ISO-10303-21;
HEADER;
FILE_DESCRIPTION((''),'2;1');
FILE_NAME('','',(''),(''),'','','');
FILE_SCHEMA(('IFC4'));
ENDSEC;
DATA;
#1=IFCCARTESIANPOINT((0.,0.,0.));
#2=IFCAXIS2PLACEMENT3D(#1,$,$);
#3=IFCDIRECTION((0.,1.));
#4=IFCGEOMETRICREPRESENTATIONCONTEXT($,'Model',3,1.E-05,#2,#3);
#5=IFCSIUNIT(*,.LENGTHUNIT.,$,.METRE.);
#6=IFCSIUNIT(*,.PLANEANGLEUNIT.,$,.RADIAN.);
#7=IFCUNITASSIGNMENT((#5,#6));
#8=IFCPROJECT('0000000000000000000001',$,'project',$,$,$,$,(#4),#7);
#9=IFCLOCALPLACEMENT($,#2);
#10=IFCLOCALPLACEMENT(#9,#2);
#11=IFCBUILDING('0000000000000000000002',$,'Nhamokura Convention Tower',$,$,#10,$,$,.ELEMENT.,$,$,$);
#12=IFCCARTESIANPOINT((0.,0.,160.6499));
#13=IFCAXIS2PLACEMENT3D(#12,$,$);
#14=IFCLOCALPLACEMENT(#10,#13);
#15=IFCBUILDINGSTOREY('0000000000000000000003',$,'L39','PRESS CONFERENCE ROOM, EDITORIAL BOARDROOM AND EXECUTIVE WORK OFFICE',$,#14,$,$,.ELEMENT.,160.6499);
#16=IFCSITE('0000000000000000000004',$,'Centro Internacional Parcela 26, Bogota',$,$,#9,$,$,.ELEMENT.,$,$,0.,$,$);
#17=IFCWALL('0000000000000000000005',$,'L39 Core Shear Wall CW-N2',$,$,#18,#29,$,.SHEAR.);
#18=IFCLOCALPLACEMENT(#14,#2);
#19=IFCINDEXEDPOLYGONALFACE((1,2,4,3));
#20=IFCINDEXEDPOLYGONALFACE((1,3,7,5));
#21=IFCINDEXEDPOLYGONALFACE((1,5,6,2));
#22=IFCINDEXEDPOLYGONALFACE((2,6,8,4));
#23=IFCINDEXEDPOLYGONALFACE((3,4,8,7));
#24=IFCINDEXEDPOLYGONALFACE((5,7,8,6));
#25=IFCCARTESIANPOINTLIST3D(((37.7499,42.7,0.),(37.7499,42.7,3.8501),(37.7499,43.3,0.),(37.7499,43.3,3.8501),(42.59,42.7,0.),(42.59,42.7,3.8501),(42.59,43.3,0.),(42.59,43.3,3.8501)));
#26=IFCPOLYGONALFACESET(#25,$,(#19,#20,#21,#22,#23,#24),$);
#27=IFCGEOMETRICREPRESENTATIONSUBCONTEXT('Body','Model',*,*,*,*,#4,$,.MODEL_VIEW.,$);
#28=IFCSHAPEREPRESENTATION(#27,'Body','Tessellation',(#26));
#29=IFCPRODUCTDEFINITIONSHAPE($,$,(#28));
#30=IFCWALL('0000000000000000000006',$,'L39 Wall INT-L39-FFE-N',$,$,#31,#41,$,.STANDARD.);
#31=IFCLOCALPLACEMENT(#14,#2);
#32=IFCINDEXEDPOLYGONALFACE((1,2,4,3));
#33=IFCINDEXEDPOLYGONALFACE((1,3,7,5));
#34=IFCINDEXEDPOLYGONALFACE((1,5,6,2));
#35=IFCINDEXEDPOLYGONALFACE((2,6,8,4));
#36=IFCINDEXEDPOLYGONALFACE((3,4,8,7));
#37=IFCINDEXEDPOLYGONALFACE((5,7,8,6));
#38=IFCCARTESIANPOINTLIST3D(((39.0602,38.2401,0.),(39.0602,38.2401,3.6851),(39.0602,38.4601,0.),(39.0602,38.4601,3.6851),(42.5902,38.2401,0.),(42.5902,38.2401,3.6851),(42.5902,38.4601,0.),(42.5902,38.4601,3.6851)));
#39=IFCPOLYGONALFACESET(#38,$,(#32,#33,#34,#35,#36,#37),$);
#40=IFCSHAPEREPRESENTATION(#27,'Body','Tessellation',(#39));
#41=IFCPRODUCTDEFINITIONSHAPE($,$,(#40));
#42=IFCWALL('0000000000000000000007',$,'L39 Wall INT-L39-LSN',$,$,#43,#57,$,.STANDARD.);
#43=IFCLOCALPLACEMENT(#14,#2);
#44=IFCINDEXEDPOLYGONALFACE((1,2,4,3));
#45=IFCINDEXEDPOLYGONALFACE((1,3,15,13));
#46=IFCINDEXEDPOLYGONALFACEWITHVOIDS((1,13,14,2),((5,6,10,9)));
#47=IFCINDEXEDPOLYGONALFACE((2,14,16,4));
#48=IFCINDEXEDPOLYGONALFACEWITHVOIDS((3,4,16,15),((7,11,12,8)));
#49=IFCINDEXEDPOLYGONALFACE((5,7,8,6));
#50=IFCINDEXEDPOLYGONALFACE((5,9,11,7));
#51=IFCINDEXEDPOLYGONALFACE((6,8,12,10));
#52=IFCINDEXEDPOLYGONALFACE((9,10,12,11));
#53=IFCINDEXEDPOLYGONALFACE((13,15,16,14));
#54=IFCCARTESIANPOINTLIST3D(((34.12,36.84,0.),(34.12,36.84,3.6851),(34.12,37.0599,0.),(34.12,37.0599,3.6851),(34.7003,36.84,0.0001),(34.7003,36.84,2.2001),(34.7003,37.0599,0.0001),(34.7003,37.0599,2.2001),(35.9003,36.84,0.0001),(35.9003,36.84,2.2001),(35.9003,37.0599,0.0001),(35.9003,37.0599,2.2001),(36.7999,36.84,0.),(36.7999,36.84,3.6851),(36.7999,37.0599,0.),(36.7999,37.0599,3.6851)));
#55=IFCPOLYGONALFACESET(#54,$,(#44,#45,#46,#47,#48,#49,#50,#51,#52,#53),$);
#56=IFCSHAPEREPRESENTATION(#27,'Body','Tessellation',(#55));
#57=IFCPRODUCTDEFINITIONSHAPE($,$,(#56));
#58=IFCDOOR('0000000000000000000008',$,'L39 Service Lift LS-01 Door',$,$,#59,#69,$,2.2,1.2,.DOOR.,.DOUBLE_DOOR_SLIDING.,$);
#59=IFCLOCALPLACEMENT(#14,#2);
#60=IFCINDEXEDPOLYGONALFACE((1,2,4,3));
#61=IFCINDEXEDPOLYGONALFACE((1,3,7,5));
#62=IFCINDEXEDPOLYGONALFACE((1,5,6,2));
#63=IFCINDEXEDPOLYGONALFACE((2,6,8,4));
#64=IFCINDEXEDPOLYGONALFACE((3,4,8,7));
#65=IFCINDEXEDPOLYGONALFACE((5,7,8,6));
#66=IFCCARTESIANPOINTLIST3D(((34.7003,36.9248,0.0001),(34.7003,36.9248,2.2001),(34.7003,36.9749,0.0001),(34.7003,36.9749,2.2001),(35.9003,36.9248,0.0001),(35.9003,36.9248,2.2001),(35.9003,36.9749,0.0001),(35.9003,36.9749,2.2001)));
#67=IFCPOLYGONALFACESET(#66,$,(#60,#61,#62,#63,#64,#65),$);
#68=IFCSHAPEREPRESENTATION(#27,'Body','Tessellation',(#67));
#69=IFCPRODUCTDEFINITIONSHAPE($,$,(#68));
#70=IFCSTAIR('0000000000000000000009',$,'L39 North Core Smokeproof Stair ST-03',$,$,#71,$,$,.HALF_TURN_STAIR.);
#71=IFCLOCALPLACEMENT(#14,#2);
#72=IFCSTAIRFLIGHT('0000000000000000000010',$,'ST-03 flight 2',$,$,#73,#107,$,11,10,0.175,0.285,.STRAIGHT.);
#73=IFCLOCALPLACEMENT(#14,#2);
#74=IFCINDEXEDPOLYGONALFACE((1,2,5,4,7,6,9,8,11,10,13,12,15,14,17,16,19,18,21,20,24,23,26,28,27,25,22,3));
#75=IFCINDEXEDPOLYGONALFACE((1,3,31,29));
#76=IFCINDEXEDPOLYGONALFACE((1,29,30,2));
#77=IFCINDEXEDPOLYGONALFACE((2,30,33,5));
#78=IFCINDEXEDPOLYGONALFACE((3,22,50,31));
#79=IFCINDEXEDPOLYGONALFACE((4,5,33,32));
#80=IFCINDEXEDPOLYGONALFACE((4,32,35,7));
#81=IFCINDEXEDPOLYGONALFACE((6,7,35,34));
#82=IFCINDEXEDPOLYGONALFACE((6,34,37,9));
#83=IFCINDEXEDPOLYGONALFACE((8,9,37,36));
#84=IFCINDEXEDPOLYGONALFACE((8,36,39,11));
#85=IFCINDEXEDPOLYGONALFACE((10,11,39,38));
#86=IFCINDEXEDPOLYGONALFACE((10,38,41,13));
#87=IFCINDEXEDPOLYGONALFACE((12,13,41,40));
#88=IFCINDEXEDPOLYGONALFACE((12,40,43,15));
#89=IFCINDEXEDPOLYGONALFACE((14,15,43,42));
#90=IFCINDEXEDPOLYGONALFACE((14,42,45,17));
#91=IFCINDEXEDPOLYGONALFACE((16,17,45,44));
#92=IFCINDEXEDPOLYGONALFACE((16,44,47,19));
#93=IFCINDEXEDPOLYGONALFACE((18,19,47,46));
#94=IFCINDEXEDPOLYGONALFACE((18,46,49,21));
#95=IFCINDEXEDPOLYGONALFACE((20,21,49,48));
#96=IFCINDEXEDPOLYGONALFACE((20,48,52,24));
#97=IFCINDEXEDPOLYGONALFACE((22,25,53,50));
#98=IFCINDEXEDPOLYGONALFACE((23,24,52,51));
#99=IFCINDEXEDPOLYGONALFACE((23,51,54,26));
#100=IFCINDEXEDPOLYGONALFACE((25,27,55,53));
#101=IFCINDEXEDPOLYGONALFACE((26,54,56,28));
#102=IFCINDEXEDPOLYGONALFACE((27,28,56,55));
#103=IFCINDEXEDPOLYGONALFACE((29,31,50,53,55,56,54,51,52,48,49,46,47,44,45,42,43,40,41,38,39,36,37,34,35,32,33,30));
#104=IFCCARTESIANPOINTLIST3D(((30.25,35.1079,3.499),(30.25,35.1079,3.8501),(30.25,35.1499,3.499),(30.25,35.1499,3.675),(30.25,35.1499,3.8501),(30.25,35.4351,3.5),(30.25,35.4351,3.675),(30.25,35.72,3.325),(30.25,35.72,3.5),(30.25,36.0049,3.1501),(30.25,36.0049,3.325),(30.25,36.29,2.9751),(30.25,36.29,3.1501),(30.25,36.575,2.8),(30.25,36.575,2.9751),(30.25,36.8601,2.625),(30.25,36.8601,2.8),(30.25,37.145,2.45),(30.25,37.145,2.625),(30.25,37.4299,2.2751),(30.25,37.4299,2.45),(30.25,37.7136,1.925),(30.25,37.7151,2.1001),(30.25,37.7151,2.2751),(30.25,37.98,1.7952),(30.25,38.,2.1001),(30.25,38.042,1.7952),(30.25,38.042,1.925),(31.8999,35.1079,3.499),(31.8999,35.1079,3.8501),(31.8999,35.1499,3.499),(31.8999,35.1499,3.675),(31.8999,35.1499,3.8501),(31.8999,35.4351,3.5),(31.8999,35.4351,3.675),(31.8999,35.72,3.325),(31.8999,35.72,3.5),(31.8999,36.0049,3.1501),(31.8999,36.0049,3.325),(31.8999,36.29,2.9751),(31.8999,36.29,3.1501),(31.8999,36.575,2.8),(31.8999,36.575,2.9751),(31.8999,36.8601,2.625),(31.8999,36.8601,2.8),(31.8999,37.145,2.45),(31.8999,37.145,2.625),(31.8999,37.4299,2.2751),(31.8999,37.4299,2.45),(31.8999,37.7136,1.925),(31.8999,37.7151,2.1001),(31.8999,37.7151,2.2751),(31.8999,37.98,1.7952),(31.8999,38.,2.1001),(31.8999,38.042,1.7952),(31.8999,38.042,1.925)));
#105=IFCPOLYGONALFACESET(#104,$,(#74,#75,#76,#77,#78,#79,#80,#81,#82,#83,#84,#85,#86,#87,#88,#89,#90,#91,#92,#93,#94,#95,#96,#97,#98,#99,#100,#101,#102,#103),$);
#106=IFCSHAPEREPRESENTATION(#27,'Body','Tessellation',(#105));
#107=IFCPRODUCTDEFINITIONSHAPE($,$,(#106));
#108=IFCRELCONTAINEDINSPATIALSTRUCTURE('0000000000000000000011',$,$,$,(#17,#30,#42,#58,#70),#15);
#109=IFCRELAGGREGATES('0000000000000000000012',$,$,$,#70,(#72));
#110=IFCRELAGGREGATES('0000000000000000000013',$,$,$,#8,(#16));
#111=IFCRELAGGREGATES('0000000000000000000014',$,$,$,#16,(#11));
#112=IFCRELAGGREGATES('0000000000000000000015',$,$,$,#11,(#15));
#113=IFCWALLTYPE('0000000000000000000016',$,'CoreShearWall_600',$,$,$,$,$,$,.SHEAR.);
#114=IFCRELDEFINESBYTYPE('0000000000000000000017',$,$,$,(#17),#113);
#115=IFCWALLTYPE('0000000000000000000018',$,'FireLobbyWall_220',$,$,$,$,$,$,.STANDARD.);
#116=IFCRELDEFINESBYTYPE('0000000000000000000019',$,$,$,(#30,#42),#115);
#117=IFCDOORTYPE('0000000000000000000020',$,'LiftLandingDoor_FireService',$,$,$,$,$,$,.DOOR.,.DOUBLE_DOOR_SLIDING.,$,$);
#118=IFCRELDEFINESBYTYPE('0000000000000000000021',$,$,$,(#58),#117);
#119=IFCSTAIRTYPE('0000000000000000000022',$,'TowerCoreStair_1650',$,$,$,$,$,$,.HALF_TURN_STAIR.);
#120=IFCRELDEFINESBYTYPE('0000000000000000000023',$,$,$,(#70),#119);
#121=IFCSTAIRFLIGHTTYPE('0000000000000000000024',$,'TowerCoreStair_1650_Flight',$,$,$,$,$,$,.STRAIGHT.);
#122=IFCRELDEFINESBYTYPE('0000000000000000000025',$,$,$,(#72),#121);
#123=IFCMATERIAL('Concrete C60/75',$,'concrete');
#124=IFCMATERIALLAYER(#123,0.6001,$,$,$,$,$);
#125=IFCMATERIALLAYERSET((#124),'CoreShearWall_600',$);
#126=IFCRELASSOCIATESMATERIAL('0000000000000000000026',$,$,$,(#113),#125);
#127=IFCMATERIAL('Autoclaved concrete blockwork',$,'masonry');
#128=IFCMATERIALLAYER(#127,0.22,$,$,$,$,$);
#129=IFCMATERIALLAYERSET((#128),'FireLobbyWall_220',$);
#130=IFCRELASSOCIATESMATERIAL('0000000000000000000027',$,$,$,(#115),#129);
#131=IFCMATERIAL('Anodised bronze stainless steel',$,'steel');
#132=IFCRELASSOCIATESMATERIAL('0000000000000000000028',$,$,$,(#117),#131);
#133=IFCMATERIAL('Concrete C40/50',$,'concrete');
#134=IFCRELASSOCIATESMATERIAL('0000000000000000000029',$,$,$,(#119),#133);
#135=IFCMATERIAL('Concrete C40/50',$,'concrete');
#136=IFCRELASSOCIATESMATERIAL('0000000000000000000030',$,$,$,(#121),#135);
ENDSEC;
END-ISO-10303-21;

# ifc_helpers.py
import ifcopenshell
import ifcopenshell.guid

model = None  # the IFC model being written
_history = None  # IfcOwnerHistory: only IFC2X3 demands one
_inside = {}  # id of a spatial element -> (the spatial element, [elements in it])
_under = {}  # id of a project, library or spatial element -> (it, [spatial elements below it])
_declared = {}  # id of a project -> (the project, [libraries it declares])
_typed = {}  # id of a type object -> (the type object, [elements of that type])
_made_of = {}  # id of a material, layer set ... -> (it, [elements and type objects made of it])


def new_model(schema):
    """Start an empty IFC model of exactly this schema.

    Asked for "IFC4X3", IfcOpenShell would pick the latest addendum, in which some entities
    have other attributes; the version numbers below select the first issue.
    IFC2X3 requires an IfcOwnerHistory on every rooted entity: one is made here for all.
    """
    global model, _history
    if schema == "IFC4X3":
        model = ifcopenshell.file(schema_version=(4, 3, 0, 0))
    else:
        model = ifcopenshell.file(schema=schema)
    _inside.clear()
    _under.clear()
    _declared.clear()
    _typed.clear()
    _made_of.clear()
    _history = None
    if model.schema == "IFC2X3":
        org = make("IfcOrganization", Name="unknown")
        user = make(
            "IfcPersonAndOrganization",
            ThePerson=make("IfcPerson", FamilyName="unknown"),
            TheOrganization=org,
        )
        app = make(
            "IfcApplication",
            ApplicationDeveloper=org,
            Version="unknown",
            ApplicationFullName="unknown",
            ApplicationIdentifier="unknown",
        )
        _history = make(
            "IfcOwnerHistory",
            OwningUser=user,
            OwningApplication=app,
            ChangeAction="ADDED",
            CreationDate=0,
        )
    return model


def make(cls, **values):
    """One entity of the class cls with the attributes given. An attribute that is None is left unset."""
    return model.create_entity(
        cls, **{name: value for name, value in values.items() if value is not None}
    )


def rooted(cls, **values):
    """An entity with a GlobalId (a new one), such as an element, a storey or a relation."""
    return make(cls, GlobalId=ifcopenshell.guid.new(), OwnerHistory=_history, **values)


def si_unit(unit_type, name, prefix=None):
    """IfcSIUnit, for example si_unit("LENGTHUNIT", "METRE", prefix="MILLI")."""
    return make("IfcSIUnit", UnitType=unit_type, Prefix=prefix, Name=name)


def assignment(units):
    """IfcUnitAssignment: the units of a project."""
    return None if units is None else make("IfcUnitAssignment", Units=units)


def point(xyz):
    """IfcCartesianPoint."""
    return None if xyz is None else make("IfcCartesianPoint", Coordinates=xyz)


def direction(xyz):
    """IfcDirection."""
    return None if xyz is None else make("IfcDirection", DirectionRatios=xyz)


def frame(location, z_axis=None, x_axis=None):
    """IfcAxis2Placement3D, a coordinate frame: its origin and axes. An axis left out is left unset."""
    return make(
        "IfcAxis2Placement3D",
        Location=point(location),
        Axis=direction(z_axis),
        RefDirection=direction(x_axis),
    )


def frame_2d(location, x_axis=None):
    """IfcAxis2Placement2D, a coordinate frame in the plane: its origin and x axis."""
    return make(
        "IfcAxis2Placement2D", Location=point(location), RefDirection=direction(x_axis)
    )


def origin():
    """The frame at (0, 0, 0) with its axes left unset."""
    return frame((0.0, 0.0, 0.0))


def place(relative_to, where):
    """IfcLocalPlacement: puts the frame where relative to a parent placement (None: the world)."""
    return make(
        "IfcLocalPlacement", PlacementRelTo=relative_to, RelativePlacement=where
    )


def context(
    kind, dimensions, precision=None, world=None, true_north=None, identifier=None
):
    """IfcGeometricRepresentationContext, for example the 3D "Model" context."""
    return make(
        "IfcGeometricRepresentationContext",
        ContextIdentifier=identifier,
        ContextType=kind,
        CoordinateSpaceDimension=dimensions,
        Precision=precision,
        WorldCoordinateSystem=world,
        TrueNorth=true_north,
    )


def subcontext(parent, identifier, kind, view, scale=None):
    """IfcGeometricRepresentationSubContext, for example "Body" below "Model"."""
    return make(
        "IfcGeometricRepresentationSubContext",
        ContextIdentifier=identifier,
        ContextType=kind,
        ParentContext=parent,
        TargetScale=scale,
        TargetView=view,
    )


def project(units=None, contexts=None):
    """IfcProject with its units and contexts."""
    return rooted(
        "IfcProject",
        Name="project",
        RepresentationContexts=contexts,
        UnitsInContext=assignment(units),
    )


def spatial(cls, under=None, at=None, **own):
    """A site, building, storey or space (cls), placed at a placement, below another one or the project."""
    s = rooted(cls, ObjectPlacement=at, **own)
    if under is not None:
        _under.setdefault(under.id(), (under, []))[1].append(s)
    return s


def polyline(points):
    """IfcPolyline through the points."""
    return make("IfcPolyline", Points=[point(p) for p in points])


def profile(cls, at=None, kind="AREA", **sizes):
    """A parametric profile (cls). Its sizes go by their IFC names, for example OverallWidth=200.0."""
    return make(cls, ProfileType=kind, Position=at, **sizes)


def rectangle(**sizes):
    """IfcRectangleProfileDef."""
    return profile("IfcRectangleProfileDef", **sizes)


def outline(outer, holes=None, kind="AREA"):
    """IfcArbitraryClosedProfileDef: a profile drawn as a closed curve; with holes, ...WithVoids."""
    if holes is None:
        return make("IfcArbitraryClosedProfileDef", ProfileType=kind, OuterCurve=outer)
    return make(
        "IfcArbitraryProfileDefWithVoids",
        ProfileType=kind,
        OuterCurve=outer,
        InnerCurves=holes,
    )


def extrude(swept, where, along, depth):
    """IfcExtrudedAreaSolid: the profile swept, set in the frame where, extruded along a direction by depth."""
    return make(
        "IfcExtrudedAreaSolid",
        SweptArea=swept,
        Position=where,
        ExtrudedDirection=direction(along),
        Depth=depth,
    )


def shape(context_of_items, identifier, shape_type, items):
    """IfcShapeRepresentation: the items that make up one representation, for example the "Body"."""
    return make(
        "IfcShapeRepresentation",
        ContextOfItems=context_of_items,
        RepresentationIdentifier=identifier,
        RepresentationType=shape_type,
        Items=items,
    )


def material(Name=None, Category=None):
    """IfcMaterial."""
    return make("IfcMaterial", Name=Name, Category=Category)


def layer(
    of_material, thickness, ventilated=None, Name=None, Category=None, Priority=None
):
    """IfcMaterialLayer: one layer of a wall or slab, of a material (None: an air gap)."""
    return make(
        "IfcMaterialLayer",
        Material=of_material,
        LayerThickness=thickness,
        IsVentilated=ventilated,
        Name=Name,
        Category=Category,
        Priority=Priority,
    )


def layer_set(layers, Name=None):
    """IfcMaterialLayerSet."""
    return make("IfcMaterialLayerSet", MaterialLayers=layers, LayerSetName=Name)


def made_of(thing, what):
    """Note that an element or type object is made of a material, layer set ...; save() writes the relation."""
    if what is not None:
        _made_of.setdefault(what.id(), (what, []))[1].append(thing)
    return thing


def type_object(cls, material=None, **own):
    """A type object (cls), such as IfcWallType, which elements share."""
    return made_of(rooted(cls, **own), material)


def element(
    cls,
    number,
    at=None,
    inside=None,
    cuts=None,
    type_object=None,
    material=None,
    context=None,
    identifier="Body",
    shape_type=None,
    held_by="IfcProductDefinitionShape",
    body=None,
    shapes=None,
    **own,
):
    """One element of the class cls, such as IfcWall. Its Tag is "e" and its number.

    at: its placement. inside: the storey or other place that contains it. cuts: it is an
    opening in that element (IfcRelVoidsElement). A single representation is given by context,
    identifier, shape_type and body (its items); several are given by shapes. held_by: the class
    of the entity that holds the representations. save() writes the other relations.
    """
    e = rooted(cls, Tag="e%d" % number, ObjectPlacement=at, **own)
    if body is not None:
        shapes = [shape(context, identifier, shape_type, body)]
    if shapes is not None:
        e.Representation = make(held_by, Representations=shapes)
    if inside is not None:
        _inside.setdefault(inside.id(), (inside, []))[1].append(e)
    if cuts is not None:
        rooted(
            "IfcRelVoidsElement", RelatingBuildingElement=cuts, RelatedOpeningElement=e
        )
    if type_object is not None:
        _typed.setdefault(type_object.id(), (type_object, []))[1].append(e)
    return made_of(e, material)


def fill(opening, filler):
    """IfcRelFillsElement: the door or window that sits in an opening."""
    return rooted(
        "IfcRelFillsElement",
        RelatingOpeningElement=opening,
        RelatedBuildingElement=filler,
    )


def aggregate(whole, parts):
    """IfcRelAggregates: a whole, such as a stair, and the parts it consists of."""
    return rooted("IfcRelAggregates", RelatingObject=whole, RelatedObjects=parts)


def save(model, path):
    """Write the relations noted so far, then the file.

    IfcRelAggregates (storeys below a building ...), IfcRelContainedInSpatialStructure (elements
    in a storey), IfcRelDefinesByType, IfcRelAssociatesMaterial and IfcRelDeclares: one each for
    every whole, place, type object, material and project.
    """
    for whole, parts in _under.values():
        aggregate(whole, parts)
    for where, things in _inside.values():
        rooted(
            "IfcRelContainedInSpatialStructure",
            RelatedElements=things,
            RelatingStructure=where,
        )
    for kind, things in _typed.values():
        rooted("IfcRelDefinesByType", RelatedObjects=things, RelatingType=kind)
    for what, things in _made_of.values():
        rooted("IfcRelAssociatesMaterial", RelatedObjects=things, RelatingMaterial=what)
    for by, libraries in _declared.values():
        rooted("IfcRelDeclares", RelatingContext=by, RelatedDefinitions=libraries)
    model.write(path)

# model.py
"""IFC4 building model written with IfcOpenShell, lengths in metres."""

from ifc_helpers import new_model, si_unit, direction, frame, frame_2d, origin, place, context, subcontext, project, spatial, polyline, rectangle, outline, extrude, material, layer, layer_set, type_object, element, fill, aggregate, save


model = new_model("IFC4")

# Units and contexts
model_context = context("Model", 3, precision=1e-05, world=origin(), true_north=direction((0.0, 1.0)))
body_context = subcontext(model_context, "Body", "Model", "MODEL_VIEW")
ifc_project = project(units=[si_unit("LENGTHUNIT", "METRE"), si_unit("PLANEANGLEUNIT", "RADIAN")], contexts=[model_context])

# Site, building, storey
site_placement = place(None, origin())
site = spatial("IfcSite", under=ifc_project, at=site_placement, Name="Centro Internacional Parcela 26, Bogota", CompositionType="ELEMENT", RefElevation=0.0)
building_placement = place(site_placement, origin())
building = spatial("IfcBuilding", under=site, at=building_placement, Name="Nhamokura Convention Tower", CompositionType="ELEMENT")
storey_placement = place(building_placement, frame((0.0, 0.0, 160.6499)))
storey = spatial("IfcBuildingStorey", under=building, at=storey_placement, Name="L39", Description="PRESS CONFERENCE ROOM, EDITORIAL BOARDROOM AND EXECUTIVE WORK OFFICE", CompositionType="ELEMENT", Elevation=160.6499)

# Walls
ifc_material_1 = material(Name="Concrete C60/75", Category="concrete")
ifc_layer_1 = layer(ifc_material_1, 0.6001)
ifc_layer_set_1 = layer_set([ifc_layer_1], Name="CoreShearWall_600")
wall_type_1 = type_object("IfcWallType", Name="CoreShearWall_600", PredefinedType="SHEAR", material=ifc_layer_set_1)
wall_1_placement = place(storey_placement, frame((37.75, 43.0, 0.0), z_axis=(0.0, 0.0, 1.0), x_axis=(1.0, 0.0, 0.0)))
element("IfcWall", 1, at=wall_1_placement, inside=storey, type_object=wall_type_1, Name="L39 Core Shear Wall CW-N2", PredefinedType="SHEAR", context=body_context, shape_type="SweptSolid", body=[
    extrude(rectangle(XDim=4.8401, YDim=0.6001, at=frame_2d((2.4199, 0.0))), origin(), (0.0, 0.0, 1.0), 3.8501),
])
ifc_material_2 = material(Name="Autoclaved concrete blockwork", Category="masonry")
ifc_layer_2 = layer(ifc_material_2, 0.22)
ifc_layer_set_2 = layer_set([ifc_layer_2], Name="FireLobbyWall_220")
wall_type_2 = type_object("IfcWallType", Name="FireLobbyWall_220", PredefinedType="STANDARD", material=ifc_layer_set_2)
wall_2_placement = place(storey_placement, frame((39.0601, 38.3501, 0.0), z_axis=(0.0, 0.0, 1.0), x_axis=(1.0, 0.0, 0.0)))
element("IfcWall", 2, at=wall_2_placement, inside=storey, type_object=wall_type_2, Name="L39 Wall INT-L39-FFE-N", PredefinedType="STANDARD", context=body_context, shape_type="SweptSolid", body=[
    extrude(rectangle(XDim=3.53, YDim=0.22, at=frame_2d((1.7651, 0.0))), origin(), (0.0, 0.0, 1.0), 3.6851),
])

# Wall, opening, door
wall_3_placement = place(storey_placement, frame((34.1201, 36.95, 0.0), z_axis=(0.0, 0.0, 1.0), x_axis=(1.0, 0.0, 0.0)))
wall_3 = element("IfcWall", 3, at=wall_3_placement, inside=storey, type_object=wall_type_2, Name="L39 Wall INT-L39-LSN", PredefinedType="STANDARD", context=body_context, shape_type="SweptSolid", body=[
    extrude(rectangle(XDim=2.6799, YDim=0.22, at=frame_2d((1.3398, 0.0))), origin(), (0.0, 0.0, 1.0), 3.6851),
])
opening_1_placement = place(wall_3_placement, frame((0.5801, 0.0, 0.0)))
opening_1 = element("IfcOpeningElement", 4, at=opening_1_placement, cuts=wall_3, PredefinedType="OPENING", context=body_context, shape_type="SweptSolid", body=[
    extrude(rectangle(XDim=1.2, YDim=2.2, at=frame_2d((0.6001, 1.1001))), frame((0.0, 0.1199, 0.0), z_axis=(0.0, -1.0, 0.0), x_axis=(1.0, 0.0, 0.0)), (0.0, 0.0, 1.0), 0.24),
])
ifc_material_3 = material(Name="Anodised bronze stainless steel", Category="steel")
door_type = type_object("IfcDoorType", Name="LiftLandingDoor_FireService", OperationType="DOUBLE_DOOR_SLIDING", PredefinedType="DOOR", material=ifc_material_3)
door_placement = place(opening_1_placement, origin())
door = element("IfcDoor", 5, at=door_placement, inside=storey, type_object=door_type, Name="L39 Service Lift LS-01 Door", OperationType="DOUBLE_DOOR_SLIDING", OverallHeight=2.2, OverallWidth=1.2, PredefinedType="DOOR", context=body_context, shape_type="SweptSolid", body=[
    extrude(rectangle(XDim=1.2, YDim=2.2, at=frame_2d((0.6001, 1.1001))), frame((0.0, 0.0249, 0.0), z_axis=(0.0, -1.0, 0.0), x_axis=(1.0, 0.0, 0.0)), (0.0, 0.0, 1.0), 0.05),
])
fill(opening_1, door)

# Stair, stair flight
ifc_material_4 = material(Name="Concrete C40/50", Category="concrete")
stair_type = type_object("IfcStairType", Name="TowerCoreStair_1650", PredefinedType="HALF_TURN_STAIR", material=ifc_material_4)
stair_placement = place(storey_placement, origin())
stair = element("IfcStair", 6, at=stair_placement, inside=storey, type_object=stair_type, Name="L39 North Core Smokeproof Stair ST-03", PredefinedType="HALF_TURN_STAIR")
ifc_material_5 = material(Name="Concrete C40/50", Category="concrete")
stair_flight_type = type_object("IfcStairFlightType", Name="TowerCoreStair_1650_Flight", PredefinedType="STRAIGHT", material=ifc_material_5)
stair_flight_placement = place(storey_placement, frame((31.075, 38.0, 1.925), z_axis=(0.0, 0.0, 1.0), x_axis=(0.0, -1.0, 0.0)))
stair_flight = element("IfcStairFlight", 7, at=stair_flight_placement, type_object=stair_flight_type, Name="ST-03 flight 2", NumberOfRisers=11, NumberOfTreads=10, PredefinedType="STRAIGHT", RiserHeight=0.175, TreadLength=0.285, context=body_context, shape_type="SweptSolid", body=[
    extrude(outline(polyline([(-0.042, 0.0), (0.0, 0.175), (0.2849, 0.175), (0.2849, 0.3501), (0.5701, 0.3501), (0.5701, 0.5249), (0.855, 0.5249), (0.855, 0.7), (1.1399, 0.7), (1.1399, 0.875), (1.425, 0.875), (1.425, 1.05), (1.71, 1.05), (1.71, 1.2251), (1.9951, 1.2251), (1.9951, 1.3999), (2.28, 1.3999), (2.28, 1.575), (2.5649, 1.575), (2.5649, 1.75), (2.8501, 1.75), (2.8501, 1.925), (2.8921, 1.925), (2.8921, 1.574), (2.8501, 1.574), (0.2864, 0.0), (0.02, -0.1299), (-0.042, -0.1299), (-0.042, 0.0)])), frame((0.0, 0.825, 0.0), z_axis=(0.0, -1.0, 0.0), x_axis=(1.0, 0.0, 0.0)), (0.0, 0.0, 1.0), 1.6499),
])
aggregate(stair, [stair_flight])

save(model, "model.ifc")
